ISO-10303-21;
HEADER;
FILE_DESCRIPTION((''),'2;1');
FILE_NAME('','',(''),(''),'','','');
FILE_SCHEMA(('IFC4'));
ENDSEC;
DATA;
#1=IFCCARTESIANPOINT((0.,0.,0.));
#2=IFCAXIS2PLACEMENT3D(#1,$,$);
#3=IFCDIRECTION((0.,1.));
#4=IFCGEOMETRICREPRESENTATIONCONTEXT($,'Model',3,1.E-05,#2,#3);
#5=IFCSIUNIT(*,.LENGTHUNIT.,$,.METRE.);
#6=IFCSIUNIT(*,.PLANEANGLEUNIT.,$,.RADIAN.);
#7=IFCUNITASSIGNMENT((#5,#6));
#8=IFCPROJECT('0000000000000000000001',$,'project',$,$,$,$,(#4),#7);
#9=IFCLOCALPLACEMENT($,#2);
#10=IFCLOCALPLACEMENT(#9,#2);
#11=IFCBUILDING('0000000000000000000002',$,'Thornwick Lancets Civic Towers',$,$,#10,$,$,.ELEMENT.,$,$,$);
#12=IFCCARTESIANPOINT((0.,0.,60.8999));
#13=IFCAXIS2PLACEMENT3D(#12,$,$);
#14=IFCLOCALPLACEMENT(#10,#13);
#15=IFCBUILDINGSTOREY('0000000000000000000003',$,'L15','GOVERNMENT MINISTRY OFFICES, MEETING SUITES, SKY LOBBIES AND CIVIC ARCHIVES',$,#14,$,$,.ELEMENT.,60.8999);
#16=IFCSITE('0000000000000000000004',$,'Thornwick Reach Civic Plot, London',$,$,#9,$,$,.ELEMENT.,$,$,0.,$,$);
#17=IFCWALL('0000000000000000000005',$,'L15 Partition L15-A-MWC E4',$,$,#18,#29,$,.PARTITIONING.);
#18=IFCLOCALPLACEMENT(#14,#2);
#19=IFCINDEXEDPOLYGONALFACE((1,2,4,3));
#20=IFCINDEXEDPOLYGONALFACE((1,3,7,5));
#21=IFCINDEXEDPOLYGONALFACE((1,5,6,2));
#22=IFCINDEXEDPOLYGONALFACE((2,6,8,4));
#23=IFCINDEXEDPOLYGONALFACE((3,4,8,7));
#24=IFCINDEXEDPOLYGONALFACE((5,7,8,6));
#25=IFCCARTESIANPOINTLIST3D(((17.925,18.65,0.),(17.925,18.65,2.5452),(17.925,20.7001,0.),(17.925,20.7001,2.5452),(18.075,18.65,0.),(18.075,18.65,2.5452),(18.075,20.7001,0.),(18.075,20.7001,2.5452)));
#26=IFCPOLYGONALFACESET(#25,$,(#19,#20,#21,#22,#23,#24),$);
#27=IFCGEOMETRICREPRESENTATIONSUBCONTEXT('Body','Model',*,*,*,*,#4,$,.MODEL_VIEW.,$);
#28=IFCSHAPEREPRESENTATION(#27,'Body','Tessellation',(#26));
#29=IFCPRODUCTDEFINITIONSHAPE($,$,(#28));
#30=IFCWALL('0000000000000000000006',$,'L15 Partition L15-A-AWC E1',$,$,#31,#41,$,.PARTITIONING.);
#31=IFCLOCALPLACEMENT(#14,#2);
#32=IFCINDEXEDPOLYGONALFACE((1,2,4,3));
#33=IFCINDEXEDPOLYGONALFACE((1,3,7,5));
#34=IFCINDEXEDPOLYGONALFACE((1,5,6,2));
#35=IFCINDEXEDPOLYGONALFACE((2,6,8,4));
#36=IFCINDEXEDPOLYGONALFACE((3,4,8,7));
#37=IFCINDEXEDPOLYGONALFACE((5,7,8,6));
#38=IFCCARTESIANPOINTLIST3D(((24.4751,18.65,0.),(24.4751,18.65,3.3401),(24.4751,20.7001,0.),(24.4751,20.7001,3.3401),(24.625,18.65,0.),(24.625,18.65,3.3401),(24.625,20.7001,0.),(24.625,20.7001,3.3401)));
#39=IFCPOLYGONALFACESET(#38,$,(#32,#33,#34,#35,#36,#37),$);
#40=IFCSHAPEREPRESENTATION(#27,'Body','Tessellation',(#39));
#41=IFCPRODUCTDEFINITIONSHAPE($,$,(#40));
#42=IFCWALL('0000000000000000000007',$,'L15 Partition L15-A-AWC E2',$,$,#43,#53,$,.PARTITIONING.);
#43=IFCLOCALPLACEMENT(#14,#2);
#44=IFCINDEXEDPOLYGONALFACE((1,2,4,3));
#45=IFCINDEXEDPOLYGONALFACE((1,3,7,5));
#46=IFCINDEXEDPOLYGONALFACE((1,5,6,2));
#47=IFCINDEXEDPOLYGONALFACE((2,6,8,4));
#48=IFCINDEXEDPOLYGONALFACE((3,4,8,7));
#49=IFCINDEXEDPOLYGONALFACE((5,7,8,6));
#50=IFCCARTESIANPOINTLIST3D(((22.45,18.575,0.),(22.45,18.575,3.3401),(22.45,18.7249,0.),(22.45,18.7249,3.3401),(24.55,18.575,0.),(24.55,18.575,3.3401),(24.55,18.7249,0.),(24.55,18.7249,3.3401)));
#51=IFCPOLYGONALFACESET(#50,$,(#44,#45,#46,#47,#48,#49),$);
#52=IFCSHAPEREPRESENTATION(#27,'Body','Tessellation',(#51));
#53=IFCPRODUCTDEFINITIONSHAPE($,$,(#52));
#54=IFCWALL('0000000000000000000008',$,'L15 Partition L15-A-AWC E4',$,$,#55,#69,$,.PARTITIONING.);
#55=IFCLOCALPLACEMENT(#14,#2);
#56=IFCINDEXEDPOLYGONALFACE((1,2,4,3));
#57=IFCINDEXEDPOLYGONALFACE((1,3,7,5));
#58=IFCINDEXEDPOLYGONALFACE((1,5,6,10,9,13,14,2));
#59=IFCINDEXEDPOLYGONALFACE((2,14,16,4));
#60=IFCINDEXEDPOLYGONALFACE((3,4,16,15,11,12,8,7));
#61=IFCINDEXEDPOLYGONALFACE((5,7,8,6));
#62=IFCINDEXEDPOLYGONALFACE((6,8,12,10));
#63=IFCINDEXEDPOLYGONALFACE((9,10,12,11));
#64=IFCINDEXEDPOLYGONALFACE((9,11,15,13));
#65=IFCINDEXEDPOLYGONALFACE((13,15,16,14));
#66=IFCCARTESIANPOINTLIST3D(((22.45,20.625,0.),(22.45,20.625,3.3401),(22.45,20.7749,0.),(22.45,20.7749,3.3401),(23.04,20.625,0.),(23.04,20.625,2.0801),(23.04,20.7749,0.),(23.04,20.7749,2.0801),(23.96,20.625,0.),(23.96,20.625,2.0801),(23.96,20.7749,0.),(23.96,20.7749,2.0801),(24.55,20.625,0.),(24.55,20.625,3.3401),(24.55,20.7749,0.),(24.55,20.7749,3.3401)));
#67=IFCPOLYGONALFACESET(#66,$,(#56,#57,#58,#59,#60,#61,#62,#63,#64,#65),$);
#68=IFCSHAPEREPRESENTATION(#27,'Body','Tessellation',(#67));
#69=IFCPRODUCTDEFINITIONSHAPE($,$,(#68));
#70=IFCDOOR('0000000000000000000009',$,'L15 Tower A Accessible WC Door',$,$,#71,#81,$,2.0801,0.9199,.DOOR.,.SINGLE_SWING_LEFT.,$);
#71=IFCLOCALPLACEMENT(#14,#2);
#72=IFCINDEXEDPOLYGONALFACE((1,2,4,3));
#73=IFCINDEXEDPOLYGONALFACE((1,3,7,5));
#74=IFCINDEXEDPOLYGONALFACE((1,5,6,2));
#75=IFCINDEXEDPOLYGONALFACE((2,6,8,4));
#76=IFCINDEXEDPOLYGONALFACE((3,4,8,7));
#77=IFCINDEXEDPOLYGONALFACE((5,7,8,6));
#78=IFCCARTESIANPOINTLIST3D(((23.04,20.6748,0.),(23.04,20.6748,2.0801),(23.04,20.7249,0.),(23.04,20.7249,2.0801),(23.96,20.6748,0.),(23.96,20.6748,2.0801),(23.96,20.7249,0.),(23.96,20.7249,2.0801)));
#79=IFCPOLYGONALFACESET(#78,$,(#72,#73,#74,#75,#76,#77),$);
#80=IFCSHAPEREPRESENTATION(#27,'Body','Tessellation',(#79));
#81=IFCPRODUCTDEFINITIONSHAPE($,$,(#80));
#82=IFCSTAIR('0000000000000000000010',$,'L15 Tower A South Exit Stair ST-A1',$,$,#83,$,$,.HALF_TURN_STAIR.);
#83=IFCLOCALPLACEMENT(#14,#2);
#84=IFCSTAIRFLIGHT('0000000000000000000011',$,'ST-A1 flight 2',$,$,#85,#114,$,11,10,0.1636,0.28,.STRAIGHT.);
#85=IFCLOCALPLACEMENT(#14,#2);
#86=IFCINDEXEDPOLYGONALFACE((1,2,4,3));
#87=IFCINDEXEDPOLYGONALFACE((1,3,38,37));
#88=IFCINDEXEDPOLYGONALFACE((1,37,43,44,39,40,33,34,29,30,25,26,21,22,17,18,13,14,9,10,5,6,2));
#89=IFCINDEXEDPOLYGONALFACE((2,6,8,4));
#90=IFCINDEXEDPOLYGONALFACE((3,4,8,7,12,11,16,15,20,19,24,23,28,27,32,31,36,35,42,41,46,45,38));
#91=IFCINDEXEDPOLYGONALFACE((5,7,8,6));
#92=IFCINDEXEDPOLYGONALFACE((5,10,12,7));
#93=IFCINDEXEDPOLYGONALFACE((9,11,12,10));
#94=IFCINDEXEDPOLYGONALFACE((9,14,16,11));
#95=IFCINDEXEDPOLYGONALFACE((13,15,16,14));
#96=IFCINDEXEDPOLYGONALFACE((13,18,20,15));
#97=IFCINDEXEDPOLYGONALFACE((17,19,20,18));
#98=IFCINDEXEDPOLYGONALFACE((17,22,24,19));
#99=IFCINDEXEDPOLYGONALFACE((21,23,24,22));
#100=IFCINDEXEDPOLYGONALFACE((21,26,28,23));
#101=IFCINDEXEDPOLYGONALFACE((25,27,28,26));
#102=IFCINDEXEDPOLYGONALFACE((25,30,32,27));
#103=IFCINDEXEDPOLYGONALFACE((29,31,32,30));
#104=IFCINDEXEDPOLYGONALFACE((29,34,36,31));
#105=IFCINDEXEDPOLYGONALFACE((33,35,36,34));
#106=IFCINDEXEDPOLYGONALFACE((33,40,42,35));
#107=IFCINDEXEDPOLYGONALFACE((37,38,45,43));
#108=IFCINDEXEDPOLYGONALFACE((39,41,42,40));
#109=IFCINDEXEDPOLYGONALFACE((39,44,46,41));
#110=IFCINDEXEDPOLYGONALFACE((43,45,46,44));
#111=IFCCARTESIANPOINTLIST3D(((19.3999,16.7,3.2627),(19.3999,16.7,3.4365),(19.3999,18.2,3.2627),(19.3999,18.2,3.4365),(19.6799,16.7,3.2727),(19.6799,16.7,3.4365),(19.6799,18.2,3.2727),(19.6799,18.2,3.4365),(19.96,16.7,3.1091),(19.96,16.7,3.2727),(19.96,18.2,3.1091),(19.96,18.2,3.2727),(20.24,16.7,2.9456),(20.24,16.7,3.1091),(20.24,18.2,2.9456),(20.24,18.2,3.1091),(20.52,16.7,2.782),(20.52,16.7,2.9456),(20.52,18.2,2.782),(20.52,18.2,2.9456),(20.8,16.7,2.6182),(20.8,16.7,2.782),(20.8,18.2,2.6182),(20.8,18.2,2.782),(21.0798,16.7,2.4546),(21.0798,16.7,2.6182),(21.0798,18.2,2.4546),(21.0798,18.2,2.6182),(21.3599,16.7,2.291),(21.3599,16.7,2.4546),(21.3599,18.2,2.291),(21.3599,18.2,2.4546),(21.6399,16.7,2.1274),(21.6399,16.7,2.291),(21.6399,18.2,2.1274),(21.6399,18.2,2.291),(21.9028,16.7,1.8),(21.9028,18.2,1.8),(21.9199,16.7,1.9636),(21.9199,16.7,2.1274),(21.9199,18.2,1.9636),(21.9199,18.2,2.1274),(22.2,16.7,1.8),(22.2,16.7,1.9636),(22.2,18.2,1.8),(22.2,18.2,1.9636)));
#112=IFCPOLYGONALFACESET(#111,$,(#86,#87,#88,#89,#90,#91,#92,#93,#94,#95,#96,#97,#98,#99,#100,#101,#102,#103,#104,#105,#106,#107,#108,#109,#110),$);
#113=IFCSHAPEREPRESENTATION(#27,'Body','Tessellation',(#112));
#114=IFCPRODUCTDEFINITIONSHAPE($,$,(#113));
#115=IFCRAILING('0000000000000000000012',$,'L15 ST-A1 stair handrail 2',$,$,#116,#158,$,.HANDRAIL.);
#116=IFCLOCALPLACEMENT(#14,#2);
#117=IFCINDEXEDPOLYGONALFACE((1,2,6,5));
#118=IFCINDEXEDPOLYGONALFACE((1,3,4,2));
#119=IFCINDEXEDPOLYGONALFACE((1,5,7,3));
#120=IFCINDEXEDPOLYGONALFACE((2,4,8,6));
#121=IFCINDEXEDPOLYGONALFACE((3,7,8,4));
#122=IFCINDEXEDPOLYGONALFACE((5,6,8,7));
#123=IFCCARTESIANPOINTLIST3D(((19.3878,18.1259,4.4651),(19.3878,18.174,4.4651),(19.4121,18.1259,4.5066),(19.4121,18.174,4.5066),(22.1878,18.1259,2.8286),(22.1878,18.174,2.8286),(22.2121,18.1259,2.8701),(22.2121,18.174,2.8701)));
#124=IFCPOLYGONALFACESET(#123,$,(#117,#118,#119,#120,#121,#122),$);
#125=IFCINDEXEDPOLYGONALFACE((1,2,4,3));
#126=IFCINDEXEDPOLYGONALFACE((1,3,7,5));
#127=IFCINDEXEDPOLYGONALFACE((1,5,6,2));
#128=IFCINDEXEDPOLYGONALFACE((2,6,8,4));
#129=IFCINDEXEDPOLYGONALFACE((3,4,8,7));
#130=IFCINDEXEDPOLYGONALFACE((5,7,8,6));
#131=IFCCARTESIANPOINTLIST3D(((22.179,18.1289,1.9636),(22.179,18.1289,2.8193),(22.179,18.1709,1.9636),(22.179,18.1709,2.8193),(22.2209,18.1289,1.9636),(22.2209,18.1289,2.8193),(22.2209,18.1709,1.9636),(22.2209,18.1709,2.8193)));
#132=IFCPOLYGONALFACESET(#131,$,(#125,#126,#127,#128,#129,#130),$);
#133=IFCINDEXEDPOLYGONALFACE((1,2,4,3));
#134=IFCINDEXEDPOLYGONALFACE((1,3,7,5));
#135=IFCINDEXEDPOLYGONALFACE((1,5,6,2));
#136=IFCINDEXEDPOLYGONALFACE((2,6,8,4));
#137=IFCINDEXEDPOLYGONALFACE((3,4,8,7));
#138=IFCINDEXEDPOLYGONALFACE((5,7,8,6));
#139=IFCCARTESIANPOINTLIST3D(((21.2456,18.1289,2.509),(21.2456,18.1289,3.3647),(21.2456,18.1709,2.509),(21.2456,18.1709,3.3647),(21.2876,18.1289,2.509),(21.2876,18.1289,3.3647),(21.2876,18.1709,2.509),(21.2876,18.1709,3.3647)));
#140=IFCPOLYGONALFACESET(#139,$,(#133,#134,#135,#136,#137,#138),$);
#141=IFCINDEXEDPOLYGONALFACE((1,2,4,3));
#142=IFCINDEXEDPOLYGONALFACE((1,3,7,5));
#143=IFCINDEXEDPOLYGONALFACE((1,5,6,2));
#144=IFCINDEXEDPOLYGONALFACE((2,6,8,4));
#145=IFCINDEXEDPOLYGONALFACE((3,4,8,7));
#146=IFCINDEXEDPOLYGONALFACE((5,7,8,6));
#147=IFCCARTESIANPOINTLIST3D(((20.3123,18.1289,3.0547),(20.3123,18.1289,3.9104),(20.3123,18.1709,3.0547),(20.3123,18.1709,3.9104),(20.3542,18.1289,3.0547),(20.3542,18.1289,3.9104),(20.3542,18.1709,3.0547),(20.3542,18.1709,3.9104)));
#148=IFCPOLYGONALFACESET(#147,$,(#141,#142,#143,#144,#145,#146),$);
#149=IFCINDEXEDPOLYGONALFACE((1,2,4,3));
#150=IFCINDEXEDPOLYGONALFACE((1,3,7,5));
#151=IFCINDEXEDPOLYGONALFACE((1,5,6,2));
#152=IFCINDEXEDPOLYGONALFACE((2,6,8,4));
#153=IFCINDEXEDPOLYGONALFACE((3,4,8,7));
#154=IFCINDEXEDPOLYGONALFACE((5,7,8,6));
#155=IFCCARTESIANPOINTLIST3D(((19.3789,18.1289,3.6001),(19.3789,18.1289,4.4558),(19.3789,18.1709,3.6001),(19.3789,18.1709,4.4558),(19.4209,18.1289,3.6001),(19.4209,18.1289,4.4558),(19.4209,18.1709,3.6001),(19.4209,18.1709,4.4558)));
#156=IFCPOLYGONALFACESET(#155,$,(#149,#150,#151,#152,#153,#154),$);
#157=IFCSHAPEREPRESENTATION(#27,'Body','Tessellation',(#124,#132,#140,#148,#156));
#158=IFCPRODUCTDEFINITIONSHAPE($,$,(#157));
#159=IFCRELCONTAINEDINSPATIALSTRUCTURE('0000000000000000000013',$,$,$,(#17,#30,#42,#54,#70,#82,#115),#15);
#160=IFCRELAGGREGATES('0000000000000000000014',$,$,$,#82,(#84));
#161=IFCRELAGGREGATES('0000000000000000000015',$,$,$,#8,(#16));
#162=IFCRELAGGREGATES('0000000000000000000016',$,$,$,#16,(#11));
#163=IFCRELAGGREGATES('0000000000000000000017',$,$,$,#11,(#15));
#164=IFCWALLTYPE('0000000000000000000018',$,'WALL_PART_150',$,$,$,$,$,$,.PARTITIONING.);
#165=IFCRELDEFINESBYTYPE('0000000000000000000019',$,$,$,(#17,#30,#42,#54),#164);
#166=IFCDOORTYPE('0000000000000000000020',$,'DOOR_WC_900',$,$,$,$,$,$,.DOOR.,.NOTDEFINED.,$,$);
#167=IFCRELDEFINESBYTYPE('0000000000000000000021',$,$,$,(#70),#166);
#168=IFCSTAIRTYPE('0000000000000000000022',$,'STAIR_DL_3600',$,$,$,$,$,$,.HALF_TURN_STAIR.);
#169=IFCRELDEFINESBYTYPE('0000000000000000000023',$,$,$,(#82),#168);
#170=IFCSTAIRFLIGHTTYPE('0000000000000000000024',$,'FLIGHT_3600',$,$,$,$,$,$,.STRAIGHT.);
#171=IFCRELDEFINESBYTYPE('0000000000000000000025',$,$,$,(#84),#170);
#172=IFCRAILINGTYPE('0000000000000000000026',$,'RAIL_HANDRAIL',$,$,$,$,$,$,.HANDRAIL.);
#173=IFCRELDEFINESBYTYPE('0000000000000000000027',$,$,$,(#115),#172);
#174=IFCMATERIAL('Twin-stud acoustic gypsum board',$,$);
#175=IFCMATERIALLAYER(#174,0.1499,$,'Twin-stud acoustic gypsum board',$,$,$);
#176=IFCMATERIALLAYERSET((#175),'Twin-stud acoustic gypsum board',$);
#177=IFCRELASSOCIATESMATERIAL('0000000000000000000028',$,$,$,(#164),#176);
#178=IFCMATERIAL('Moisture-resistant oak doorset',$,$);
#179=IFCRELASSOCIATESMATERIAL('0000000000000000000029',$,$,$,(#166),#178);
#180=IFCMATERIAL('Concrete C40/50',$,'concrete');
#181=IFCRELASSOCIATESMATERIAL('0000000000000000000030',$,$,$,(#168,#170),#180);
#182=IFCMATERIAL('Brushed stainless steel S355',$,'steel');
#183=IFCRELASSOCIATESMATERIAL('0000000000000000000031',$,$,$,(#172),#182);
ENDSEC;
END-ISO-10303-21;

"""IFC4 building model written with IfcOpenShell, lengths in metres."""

from ifc_helpers import new_model, si_unit, direction, frame, frame_2d, origin, origin_2d, place, context, subcontext, project, spatial, polyline, rectangle, outline, extrude, material, layer, layer_set, type_object, element, fill, aggregate, save


model = new_model("IFC4")

# Units and contexts
model_context = context("Model", 3, precision=1e-05, world=origin(), true_north=direction((0.0, 1.0)))
body_context = subcontext(model_context, "Body", "Model", "MODEL_VIEW")
ifc_project = project(units=[si_unit("LENGTHUNIT", "METRE"), si_unit("PLANEANGLEUNIT", "RADIAN")], contexts=[model_context])

# Site, building, storey
site_placement = place(None, origin())
site = spatial("IfcSite", under=ifc_project, at=site_placement, Name="Thornwick Reach Civic Plot, London", CompositionType="ELEMENT", RefElevation=0.0)
building_placement = place(site_placement, origin())
building = spatial("IfcBuilding", under=site, at=building_placement, Name="Thornwick Lancets Civic Towers", CompositionType="ELEMENT")
storey_placement = place(building_placement, frame((0.0, 0.0, 60.8999)))
storey = spatial("IfcBuildingStorey", under=building, at=storey_placement, Name="L15", Description="GOVERNMENT MINISTRY OFFICES, MEETING SUITES, SKY LOBBIES AND CIVIC ARCHIVES", CompositionType="ELEMENT", Elevation=60.8999)

# Shared definitions
ifc_material_1 = material(Name="Twin-stud acoustic gypsum board")
ifc_layer_1 = layer(ifc_material_1, 0.1499, Name="Twin-stud acoustic gypsum board")
ifc_layer_set_1 = layer_set([ifc_layer_1], Name="Twin-stud acoustic gypsum board")
wall_type_1 = type_object("IfcWallType", Name="WALL_PART_150", PredefinedType="PARTITIONING", material=ifc_layer_set_1)

# Shared definitions
ifc_material_2 = material(Name="Moisture-resistant oak doorset")
door_type_1 = type_object("IfcDoorType", Name="DOOR_WC_900", OperationType="NOTDEFINED", PredefinedType="DOOR", material=ifc_material_2)

# Walls
wall_1_placement = place(storey_placement, frame((18.0, 20.7, 0.0), z_axis=(0.0, 0.0, 1.0), x_axis=(0.0, -1.0, 0.0)))
element("IfcWall", 1, at=wall_1_placement, inside=storey, type_object=wall_type_1, Name="L15 Partition L15-A-MWC E4", PredefinedType="PARTITIONING", context=body_context, shape_type="SweptSolid", body=[
    extrude(rectangle(XDim=2.05, YDim=0.1499, at=frame_2d((1.0249, 0.0))), origin(), (0.0, 0.0, 1.0), 2.5452),
])
wall_2_placement = place(storey_placement, frame((24.55, 20.7, 0.0), z_axis=(0.0, 0.0, 1.0), x_axis=(0.0, -1.0, 0.0)))
element("IfcWall", 2, at=wall_2_placement, inside=storey, type_object=wall_type_1, Name="L15 Partition L15-A-AWC E1", PredefinedType="PARTITIONING", context=body_context, shape_type="SweptSolid", body=[
    extrude(rectangle(XDim=2.05, YDim=0.1499, at=frame_2d((1.0249, 0.0))), origin(), (0.0, 0.0, 1.0), 3.3401),
])
wall_3_placement = place(storey_placement, frame((24.55, 18.6499, 0.0), z_axis=(0.0, 0.0, 1.0), x_axis=(-1.0, 0.0, 0.0)))
element("IfcWall", 3, at=wall_3_placement, inside=storey, type_object=wall_type_1, Name="L15 Partition L15-A-AWC E2", PredefinedType="PARTITIONING", context=body_context, shape_type="SweptSolid", body=[
    extrude(rectangle(XDim=2.1001, YDim=0.1499, at=frame_2d((1.05, 0.0))), origin(), (0.0, 0.0, 1.0), 3.3401),
])

# Wall, opening, door
wall_4_placement = place(storey_placement, frame((22.45, 20.7, 0.0), z_axis=(0.0, 0.0, 1.0), x_axis=(1.0, 0.0, 0.0)))
wall_4 = element("IfcWall", 4, at=wall_4_placement, inside=storey, type_object=wall_type_1, Name="L15 Partition L15-A-AWC E4", PredefinedType="PARTITIONING", context=body_context, shape_type="SweptSolid", body=[
    extrude(rectangle(XDim=2.1001, YDim=0.1499, at=frame_2d((1.05, 0.0))), origin(), (0.0, 0.0, 1.0), 3.3401),
])
opening_1_placement = place(wall_4_placement, frame((0.5901, 0.0, 0.0)))
opening_1 = element("IfcOpeningElement", 5, at=opening_1_placement, cuts=wall_4, PredefinedType="OPENING", context=body_context, shape_type="SweptSolid", body=[
    extrude(rectangle(XDim=0.9199, YDim=2.0801, at=frame_2d((0.46, 1.04))), frame((0.0, 0.085, 0.0), z_axis=(0.0, -1.0, 0.0), x_axis=(1.0, 0.0, 0.0)), (0.0, 0.0, 1.0), 0.1699),
])
door_1_placement = place(opening_1_placement, origin())
door_1 = element("IfcDoor", 6, at=door_1_placement, inside=storey, type_object=door_type_1, Name="L15 Tower A Accessible WC Door", OperationType="SINGLE_SWING_LEFT", OverallHeight=2.0801, OverallWidth=0.9199, PredefinedType="DOOR", context=body_context, shape_type="SweptSolid", body=[
    extrude(rectangle(XDim=0.9199, YDim=2.0801, at=frame_2d((0.46, 1.04))), frame((0.0, 0.0249, 0.0), z_axis=(0.0, -1.0, 0.0), x_axis=(1.0, 0.0, 0.0)), (0.0, 0.0, 1.0), 0.05),
])
fill(opening_1, door_1)

# Stair, stair flight
ifc_material_3 = material(Name="Concrete C40/50", Category="concrete")
stair_type = type_object("IfcStairType", Name="STAIR_DL_3600", PredefinedType="HALF_TURN_STAIR", material=ifc_material_3)
stair_placement = place(storey_placement, origin())
stair = element("IfcStair", 7, at=stair_placement, inside=storey, type_object=stair_type, Name="L15 Tower A South Exit Stair ST-A1", PredefinedType="HALF_TURN_STAIR")
stair_flight_type = type_object("IfcStairFlightType", Name="FLIGHT_3600", PredefinedType="STRAIGHT", material=ifc_material_3)
stair_flight_placement = place(storey_placement, frame((22.2, 17.45, 1.8), z_axis=(0.0, 0.0, 1.0), x_axis=(-1.0, 0.0, 0.0)))
stair_flight = element("IfcStairFlight", 8, at=stair_flight_placement, type_object=stair_flight_type, Name="ST-A1 flight 2", NumberOfRisers=11, NumberOfTreads=10, PredefinedType="STRAIGHT", RiserHeight=0.1636, TreadLength=0.28, context=body_context, shape_type="SweptSolid", body=[
    extrude(outline(polyline([(0.0, 0.0), (0.0, 0.1636), (0.28, 0.1636), (0.28, 0.3274), (0.5601, 0.3274), (0.5601, 0.491), (0.8401, 0.491), (0.8401, 0.6545), (1.1201, 0.6545), (1.1201, 0.8181), (1.3999, 0.8181), (1.3999, 0.9819), (1.6799, 0.9819), (1.6799, 1.1455), (1.96, 1.1455), (1.96, 1.3091), (2.24, 1.3091), (2.24, 1.4727), (2.52, 1.4727), (2.52, 1.6365), (2.8, 1.6365), (2.8, 1.8), (2.8, 1.4626), (0.2971, 0.0), (0.0, 0.0)])), frame((0.0, 0.75, 0.0), z_axis=(0.0, -1.0, 0.0), x_axis=(1.0, 0.0, 0.0)), (0.0, 0.0, 1.0), 1.5),
])
aggregate(stair, [stair_flight])

# Railing
ifc_material_4 = material(Name="Brushed stainless steel S355", Category="steel")
railing_type = type_object("IfcRailingType", Name="RAIL_HANDRAIL", PredefinedType="HANDRAIL", material=ifc_material_4)
railing_placement = place(storey_placement, frame((22.2, 18.1499, 1.9636)))
element("IfcRailing", 9, at=railing_placement, inside=storey, type_object=railing_type, Name="L15 ST-A1 stair handrail 2", PredefinedType="HANDRAIL", context=body_context, shape_type="SweptSolid", body=[
    extrude(rectangle(XDim=0.0481, YDim=0.0481, at=origin_2d()), frame((0.0, 0.0, 0.8857), z_axis=(-0.863361, 0.0, 0.504587), x_axis=(0.0, -1.0, 0.0)), (0.0, 0.0, 1.0), 3.2432),
    extrude(rectangle(XDim=0.042, YDim=0.042, at=origin_2d()), origin(), (0.0, 0.0, 1.0), 0.8557),
    extrude(rectangle(XDim=0.042, YDim=0.042, at=origin_2d()), frame((-0.9333, 0.0, 0.5454)), (0.0, 0.0, 1.0), 0.8557),
    extrude(rectangle(XDim=0.042, YDim=0.042, at=origin_2d()), frame((-1.8667, 0.0, 1.0911)), (0.0, 0.0, 1.0), 0.8557),
    extrude(rectangle(XDim=0.042, YDim=0.042, at=origin_2d()), frame((-2.8, 0.0, 1.6365)), (0.0, 0.0, 1.0), 0.8557),
])

save(model, "model.ifc")
